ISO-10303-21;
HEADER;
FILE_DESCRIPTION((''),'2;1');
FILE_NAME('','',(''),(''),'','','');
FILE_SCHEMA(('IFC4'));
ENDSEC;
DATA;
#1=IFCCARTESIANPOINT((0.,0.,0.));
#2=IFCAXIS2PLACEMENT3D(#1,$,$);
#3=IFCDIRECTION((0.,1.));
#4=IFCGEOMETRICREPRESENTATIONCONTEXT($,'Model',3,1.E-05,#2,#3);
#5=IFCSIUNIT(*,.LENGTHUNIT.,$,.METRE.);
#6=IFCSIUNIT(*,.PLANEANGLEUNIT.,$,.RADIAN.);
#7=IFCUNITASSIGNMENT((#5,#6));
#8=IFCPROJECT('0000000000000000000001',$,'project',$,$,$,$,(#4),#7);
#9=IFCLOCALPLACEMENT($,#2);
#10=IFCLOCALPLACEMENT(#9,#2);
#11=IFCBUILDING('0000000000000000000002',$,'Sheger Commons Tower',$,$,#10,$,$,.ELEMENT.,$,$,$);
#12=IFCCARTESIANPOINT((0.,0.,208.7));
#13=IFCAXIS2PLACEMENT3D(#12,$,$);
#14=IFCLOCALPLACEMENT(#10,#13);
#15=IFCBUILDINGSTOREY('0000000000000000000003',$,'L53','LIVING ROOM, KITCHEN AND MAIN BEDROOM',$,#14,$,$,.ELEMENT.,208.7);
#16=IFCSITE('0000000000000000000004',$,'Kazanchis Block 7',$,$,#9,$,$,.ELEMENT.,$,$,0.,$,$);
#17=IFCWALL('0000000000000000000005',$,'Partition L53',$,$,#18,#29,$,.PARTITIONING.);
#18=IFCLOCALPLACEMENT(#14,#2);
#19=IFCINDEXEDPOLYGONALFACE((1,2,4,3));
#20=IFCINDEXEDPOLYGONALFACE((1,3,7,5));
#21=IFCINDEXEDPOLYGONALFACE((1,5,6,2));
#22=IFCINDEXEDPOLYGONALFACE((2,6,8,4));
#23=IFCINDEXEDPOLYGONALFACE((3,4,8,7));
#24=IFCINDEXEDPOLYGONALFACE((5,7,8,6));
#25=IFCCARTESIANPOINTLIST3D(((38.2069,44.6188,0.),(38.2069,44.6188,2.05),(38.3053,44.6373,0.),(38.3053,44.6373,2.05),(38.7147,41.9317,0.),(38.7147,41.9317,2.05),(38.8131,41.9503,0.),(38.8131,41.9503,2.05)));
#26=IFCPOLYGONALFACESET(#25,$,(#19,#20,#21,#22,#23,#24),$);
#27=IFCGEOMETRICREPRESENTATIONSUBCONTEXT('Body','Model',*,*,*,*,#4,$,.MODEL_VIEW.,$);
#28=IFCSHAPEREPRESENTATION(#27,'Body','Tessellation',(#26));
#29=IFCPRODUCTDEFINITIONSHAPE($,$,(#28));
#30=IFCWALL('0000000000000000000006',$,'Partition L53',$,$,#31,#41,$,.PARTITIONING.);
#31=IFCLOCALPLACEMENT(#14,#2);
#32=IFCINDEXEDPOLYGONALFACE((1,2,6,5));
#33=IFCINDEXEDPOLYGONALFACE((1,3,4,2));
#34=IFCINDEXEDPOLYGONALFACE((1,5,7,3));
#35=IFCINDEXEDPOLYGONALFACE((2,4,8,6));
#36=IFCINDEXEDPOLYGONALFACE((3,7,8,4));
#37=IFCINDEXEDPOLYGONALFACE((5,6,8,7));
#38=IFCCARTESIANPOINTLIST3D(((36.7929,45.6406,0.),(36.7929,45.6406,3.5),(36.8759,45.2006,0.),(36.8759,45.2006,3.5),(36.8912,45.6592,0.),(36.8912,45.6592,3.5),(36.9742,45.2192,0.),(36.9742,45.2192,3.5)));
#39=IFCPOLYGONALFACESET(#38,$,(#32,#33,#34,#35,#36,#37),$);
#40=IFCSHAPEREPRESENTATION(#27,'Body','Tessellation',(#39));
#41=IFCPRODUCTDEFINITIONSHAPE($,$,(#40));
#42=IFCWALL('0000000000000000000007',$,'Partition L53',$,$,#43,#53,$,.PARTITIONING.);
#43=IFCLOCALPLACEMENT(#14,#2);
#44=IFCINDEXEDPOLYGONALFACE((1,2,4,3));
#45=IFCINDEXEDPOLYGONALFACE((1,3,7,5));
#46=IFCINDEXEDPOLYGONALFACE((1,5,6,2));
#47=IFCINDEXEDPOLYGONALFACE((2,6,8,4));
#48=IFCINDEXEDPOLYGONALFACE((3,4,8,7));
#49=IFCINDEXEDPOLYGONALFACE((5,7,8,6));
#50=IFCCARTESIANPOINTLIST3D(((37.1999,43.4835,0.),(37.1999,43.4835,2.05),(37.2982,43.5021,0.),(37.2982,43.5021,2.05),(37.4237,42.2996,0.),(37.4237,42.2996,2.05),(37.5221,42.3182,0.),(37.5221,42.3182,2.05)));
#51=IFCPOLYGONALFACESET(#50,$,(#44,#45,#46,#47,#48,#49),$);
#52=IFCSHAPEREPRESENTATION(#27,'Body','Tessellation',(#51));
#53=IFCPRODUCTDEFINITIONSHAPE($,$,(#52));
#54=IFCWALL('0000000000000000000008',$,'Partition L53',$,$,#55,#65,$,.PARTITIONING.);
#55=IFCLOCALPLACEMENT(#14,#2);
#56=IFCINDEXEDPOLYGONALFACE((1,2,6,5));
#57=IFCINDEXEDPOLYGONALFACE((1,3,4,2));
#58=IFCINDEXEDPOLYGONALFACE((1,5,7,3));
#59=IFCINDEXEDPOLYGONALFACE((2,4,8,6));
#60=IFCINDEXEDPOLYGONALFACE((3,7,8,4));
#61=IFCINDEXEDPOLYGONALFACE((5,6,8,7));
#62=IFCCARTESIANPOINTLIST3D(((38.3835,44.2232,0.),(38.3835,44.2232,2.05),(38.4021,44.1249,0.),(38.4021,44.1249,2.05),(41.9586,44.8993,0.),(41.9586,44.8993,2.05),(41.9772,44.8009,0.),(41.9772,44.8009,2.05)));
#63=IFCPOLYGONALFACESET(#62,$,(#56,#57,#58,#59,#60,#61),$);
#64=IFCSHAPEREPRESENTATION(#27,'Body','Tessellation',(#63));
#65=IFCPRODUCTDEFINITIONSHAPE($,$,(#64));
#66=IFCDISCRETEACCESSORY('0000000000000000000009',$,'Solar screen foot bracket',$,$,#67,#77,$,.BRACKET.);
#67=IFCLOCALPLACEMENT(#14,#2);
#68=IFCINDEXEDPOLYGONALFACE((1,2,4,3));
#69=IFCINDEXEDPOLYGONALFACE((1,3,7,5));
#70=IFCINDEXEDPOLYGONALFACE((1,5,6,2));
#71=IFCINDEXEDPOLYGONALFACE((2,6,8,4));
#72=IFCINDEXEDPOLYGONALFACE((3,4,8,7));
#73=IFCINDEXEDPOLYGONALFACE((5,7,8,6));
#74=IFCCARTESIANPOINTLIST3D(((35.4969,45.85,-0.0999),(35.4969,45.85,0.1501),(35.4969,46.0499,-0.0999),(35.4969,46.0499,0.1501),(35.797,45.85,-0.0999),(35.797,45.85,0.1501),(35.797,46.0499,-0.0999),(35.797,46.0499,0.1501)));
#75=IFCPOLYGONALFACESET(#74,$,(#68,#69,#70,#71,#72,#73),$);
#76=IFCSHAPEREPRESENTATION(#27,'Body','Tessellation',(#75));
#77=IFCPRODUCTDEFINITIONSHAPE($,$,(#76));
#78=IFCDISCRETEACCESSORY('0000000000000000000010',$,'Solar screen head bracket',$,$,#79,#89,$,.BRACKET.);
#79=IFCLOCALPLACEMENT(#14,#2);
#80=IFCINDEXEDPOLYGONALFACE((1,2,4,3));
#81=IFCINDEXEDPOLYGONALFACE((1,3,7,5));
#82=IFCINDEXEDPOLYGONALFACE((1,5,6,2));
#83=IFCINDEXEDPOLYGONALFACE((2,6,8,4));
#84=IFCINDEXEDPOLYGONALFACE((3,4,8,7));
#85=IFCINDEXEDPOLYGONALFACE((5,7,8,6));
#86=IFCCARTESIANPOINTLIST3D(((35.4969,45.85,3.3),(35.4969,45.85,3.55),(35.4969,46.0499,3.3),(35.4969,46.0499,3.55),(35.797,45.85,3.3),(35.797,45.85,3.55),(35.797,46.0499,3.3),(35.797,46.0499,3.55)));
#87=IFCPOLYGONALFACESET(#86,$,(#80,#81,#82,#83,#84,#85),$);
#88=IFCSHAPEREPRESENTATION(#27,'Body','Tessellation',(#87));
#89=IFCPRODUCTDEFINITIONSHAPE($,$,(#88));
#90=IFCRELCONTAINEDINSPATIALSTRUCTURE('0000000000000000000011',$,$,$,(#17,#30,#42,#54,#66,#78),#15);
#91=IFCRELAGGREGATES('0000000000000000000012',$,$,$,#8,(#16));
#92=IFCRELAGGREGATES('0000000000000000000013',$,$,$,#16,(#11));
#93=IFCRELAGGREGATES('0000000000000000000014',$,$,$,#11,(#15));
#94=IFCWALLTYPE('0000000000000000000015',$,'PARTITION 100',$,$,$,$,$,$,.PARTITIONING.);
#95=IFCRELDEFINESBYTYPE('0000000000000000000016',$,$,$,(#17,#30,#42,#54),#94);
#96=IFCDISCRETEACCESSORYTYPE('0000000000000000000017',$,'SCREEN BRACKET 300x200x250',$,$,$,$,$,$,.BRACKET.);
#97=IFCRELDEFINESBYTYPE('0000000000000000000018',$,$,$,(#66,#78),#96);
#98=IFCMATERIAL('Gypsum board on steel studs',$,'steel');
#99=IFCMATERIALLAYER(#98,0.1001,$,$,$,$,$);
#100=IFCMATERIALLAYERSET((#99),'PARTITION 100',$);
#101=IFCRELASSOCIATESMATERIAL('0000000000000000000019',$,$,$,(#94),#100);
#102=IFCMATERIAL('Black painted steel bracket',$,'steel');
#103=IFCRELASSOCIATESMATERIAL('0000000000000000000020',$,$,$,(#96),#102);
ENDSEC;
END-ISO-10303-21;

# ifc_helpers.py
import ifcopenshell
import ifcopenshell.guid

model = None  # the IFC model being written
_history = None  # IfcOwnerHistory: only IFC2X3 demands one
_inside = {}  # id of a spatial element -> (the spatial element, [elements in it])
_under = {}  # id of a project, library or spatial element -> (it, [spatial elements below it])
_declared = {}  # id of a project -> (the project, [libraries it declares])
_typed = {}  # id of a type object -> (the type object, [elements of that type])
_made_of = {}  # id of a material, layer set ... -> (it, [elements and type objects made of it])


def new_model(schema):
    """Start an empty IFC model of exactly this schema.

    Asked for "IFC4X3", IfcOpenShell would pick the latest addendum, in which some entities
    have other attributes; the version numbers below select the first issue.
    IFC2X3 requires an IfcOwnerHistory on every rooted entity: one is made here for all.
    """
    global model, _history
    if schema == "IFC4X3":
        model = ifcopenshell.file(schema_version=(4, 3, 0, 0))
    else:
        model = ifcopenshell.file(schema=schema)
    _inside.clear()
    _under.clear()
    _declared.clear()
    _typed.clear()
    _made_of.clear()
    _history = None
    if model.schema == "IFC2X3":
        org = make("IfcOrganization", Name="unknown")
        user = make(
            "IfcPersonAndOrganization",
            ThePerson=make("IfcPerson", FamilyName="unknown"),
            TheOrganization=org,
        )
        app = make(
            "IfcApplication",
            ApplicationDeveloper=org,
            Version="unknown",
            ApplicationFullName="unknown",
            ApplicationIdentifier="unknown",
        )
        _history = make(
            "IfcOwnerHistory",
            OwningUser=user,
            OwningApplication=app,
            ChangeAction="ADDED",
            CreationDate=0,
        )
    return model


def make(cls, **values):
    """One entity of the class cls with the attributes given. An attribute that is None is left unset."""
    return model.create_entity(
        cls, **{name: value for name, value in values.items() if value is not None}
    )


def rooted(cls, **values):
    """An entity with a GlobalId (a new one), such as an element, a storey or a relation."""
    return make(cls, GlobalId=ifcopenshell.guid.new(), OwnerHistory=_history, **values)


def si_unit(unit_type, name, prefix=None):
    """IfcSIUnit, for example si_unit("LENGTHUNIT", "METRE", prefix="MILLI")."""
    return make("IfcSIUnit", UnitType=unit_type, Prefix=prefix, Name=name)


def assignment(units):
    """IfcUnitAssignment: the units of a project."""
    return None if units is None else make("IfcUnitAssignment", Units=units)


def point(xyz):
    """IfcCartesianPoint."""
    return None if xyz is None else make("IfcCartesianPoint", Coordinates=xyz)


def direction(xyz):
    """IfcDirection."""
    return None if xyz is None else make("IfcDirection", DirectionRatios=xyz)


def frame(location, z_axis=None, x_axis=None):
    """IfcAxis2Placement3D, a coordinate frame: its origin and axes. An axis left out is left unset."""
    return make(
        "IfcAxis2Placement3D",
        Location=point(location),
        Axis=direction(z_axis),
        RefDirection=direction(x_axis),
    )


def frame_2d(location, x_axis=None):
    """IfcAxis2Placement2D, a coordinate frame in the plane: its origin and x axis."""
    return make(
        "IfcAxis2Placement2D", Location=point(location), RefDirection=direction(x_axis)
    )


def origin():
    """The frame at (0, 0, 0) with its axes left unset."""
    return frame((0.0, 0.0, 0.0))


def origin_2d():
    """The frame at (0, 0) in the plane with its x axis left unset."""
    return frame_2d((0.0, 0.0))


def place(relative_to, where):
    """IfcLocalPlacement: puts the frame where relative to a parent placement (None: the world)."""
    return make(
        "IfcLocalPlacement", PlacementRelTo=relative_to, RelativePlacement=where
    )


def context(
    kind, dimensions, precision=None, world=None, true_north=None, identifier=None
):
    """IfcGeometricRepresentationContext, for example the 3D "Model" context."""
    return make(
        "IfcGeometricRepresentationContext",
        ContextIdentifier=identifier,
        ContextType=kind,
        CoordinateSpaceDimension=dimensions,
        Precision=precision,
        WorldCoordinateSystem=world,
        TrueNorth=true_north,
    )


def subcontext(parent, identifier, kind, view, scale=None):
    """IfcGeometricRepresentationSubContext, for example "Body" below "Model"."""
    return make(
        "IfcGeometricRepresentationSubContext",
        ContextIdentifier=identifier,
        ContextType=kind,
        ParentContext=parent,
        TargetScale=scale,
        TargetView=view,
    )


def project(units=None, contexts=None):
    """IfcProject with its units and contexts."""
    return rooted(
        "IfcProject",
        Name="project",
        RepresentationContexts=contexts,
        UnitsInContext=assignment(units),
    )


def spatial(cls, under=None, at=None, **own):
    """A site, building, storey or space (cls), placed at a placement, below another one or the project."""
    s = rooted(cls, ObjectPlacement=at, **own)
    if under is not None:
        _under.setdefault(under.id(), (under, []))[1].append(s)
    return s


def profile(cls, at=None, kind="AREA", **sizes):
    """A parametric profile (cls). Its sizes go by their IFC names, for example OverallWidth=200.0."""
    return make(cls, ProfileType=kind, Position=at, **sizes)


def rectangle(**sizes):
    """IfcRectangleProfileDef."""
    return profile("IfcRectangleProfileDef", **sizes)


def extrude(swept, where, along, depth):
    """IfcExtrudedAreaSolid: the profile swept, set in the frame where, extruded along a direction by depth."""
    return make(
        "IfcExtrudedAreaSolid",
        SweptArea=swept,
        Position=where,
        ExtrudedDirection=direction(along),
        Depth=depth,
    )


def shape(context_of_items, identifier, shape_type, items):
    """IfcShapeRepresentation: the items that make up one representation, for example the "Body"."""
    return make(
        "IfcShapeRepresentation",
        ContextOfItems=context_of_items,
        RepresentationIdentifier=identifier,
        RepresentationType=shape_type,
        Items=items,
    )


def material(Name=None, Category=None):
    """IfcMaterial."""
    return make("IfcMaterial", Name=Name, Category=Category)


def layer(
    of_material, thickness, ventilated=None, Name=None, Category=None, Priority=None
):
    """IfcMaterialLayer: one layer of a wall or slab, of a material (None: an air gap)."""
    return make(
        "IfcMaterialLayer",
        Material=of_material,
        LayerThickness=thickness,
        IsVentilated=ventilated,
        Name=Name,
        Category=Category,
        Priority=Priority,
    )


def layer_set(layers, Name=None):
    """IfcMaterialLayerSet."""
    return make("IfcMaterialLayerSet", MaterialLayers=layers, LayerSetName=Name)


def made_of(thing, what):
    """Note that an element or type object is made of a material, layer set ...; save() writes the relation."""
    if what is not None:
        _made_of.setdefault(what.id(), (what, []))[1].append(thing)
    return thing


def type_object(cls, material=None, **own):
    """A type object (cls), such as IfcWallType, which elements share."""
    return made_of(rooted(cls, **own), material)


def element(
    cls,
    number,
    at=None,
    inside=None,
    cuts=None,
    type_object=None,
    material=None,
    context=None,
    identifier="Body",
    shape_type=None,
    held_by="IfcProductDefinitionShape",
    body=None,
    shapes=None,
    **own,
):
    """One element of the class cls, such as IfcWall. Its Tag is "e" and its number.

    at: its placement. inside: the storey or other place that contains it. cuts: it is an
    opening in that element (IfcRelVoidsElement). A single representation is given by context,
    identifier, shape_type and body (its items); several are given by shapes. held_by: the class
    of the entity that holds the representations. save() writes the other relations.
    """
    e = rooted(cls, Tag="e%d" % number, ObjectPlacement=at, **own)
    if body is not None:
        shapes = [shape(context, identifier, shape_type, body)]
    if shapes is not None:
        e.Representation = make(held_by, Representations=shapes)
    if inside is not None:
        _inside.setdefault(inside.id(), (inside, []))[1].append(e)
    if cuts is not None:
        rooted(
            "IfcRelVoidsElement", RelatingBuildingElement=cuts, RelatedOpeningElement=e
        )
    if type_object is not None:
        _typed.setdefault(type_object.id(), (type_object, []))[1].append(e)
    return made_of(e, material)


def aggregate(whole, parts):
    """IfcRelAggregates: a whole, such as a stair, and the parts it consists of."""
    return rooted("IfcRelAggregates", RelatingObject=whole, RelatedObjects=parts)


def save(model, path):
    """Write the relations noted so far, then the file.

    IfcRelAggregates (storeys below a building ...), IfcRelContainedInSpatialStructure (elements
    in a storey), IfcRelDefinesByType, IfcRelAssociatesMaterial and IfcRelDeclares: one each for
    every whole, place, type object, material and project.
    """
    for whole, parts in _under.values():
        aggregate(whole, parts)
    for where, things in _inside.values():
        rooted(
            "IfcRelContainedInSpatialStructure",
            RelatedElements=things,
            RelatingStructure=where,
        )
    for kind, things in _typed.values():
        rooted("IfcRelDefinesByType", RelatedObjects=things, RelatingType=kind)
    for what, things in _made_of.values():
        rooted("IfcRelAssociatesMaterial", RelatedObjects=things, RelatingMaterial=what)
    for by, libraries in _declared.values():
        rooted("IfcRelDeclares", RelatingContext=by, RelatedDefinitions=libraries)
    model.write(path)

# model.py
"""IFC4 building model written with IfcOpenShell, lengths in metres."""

from ifc_helpers import new_model, si_unit, direction, frame, frame_2d, origin, origin_2d, place, context, subcontext, project, spatial, rectangle, extrude, material, layer, layer_set, type_object, element, save


model = new_model("IFC4")

# Units and contexts
model_context = context("Model", 3, precision=1e-05, world=origin(), true_north=direction((0.0, 1.0)))
body_context = subcontext(model_context, "Body", "Model", "MODEL_VIEW")
ifc_project = project(units=[si_unit("LENGTHUNIT", "METRE"), si_unit("PLANEANGLEUNIT", "RADIAN")], contexts=[model_context])

# Site, building, storey
site_placement = place(None, origin())
site = spatial("IfcSite", under=ifc_project, at=site_placement, Name="Kazanchis Block 7", CompositionType="ELEMENT", RefElevation=0.0)
building_placement = place(site_placement, origin())
building = spatial("IfcBuilding", under=site, at=building_placement, Name="Sheger Commons Tower", CompositionType="ELEMENT")
storey_placement = place(building_placement, frame((0.0, 0.0, 208.7)))
storey = spatial("IfcBuildingStorey", under=building, at=storey_placement, Name="L53", Description="LIVING ROOM, KITCHEN AND MAIN BEDROOM", CompositionType="ELEMENT", Elevation=208.7)

# Walls
ifc_material_1 = material(Name="Gypsum board on steel studs", Category="steel")
ifc_layer_1 = layer(ifc_material_1, 0.1001)
ifc_layer_set_1 = layer_set([ifc_layer_1], Name="PARTITION 100")
wall_type_1 = type_object("IfcWallType", Name="PARTITION 100", PredefinedType="PARTITIONING", material=ifc_layer_set_1)
wall_1_placement = place(storey_placement, frame((38.2561, 44.6279, 0.0), z_axis=(0.0, 0.0, 1.0), x_axis=(0.185701, -0.982606, 0.0)))
element("IfcWall", 1, at=wall_1_placement, inside=storey, type_object=wall_type_1, Name="Partition L53", PredefinedType="PARTITIONING", context=body_context, shape_type="SweptSolid", body=[
    extrude(rectangle(XDim=2.7346, YDim=0.1001, at=frame_2d((1.3672, 0.0))), origin(), (0.0, 0.0, 1.0), 2.05),
])
wall_2_placement = place(storey_placement, frame((36.842, 45.6499, 0.0), z_axis=(0.0, 0.0, 1.0), x_axis=(0.185408, -0.982662, 0.0)))
element("IfcWall", 2, at=wall_2_placement, inside=storey, type_object=wall_type_1, Name="Partition L53", PredefinedType="PARTITIONING", context=body_context, shape_type="SweptSolid", body=[
    extrude(rectangle(XDim=0.4478, YDim=0.1001, at=frame_2d((0.2239, 0.0))), origin(), (0.0, 0.0, 1.0), 3.5),
])
wall_3_placement = place(storey_placement, frame((37.249, 43.4929, 0.0), z_axis=(0.0, 0.0, 1.0), x_axis=(0.185818, -0.982584, 0.0)))
element("IfcWall", 3, at=wall_3_placement, inside=storey, type_object=wall_type_1, Name="Partition L53", PredefinedType="PARTITIONING", context=body_context, shape_type="SweptSolid", body=[
    extrude(rectangle(XDim=1.2048, YDim=0.1001, at=frame_2d((0.6025, 0.0))), origin(), (0.0, 0.0, 1.0), 2.05),
])
wall_4_placement = place(storey_placement, frame((41.968, 44.8501, 0.0), z_axis=(0.0, 0.0, 1.0), x_axis=(-0.982586, -0.185808, 0.0)))
element("IfcWall", 4, at=wall_4_placement, inside=storey, type_object=wall_type_1, Name="Partition L53", PredefinedType="PARTITIONING", context=body_context, shape_type="SweptSolid", body=[
    extrude(rectangle(XDim=3.6384, YDim=0.1001, at=frame_2d((1.8193, 0.0))), origin(), (0.0, 0.0, 1.0), 2.05),
])

# Discrete accessories
ifc_material_2 = material(Name="Black painted steel bracket", Category="steel")
discrete_accessory_type = type_object("IfcDiscreteAccessoryType", Name="SCREEN BRACKET 300x200x250", PredefinedType="BRACKET", material=ifc_material_2)
for number, where, z_axis, x_axis, name in (
    (5, (35.647, 45.95, -0.0999), (0.0, 0.0, 1.0), (-1.0, 0.0, 0.0), "Solar screen foot bracket"),
    (6, (35.647, 45.95, 3.3), (0.0, 0.0, 1.0), (-1.0, 0.0, 0.0), "Solar screen head bracket"),
):
    element("IfcDiscreteAccessory", number, at=place(storey_placement, frame(where, z_axis=z_axis, x_axis=x_axis)), inside=storey, type_object=discrete_accessory_type, Name=name, PredefinedType="BRACKET", context=body_context, shape_type="SweptSolid", body=[
        extrude(rectangle(XDim=0.3, YDim=0.2, at=origin_2d()), origin(), (0.0, 0.0, 1.0), 0.25),
    ])

save(model, "model.ifc")
